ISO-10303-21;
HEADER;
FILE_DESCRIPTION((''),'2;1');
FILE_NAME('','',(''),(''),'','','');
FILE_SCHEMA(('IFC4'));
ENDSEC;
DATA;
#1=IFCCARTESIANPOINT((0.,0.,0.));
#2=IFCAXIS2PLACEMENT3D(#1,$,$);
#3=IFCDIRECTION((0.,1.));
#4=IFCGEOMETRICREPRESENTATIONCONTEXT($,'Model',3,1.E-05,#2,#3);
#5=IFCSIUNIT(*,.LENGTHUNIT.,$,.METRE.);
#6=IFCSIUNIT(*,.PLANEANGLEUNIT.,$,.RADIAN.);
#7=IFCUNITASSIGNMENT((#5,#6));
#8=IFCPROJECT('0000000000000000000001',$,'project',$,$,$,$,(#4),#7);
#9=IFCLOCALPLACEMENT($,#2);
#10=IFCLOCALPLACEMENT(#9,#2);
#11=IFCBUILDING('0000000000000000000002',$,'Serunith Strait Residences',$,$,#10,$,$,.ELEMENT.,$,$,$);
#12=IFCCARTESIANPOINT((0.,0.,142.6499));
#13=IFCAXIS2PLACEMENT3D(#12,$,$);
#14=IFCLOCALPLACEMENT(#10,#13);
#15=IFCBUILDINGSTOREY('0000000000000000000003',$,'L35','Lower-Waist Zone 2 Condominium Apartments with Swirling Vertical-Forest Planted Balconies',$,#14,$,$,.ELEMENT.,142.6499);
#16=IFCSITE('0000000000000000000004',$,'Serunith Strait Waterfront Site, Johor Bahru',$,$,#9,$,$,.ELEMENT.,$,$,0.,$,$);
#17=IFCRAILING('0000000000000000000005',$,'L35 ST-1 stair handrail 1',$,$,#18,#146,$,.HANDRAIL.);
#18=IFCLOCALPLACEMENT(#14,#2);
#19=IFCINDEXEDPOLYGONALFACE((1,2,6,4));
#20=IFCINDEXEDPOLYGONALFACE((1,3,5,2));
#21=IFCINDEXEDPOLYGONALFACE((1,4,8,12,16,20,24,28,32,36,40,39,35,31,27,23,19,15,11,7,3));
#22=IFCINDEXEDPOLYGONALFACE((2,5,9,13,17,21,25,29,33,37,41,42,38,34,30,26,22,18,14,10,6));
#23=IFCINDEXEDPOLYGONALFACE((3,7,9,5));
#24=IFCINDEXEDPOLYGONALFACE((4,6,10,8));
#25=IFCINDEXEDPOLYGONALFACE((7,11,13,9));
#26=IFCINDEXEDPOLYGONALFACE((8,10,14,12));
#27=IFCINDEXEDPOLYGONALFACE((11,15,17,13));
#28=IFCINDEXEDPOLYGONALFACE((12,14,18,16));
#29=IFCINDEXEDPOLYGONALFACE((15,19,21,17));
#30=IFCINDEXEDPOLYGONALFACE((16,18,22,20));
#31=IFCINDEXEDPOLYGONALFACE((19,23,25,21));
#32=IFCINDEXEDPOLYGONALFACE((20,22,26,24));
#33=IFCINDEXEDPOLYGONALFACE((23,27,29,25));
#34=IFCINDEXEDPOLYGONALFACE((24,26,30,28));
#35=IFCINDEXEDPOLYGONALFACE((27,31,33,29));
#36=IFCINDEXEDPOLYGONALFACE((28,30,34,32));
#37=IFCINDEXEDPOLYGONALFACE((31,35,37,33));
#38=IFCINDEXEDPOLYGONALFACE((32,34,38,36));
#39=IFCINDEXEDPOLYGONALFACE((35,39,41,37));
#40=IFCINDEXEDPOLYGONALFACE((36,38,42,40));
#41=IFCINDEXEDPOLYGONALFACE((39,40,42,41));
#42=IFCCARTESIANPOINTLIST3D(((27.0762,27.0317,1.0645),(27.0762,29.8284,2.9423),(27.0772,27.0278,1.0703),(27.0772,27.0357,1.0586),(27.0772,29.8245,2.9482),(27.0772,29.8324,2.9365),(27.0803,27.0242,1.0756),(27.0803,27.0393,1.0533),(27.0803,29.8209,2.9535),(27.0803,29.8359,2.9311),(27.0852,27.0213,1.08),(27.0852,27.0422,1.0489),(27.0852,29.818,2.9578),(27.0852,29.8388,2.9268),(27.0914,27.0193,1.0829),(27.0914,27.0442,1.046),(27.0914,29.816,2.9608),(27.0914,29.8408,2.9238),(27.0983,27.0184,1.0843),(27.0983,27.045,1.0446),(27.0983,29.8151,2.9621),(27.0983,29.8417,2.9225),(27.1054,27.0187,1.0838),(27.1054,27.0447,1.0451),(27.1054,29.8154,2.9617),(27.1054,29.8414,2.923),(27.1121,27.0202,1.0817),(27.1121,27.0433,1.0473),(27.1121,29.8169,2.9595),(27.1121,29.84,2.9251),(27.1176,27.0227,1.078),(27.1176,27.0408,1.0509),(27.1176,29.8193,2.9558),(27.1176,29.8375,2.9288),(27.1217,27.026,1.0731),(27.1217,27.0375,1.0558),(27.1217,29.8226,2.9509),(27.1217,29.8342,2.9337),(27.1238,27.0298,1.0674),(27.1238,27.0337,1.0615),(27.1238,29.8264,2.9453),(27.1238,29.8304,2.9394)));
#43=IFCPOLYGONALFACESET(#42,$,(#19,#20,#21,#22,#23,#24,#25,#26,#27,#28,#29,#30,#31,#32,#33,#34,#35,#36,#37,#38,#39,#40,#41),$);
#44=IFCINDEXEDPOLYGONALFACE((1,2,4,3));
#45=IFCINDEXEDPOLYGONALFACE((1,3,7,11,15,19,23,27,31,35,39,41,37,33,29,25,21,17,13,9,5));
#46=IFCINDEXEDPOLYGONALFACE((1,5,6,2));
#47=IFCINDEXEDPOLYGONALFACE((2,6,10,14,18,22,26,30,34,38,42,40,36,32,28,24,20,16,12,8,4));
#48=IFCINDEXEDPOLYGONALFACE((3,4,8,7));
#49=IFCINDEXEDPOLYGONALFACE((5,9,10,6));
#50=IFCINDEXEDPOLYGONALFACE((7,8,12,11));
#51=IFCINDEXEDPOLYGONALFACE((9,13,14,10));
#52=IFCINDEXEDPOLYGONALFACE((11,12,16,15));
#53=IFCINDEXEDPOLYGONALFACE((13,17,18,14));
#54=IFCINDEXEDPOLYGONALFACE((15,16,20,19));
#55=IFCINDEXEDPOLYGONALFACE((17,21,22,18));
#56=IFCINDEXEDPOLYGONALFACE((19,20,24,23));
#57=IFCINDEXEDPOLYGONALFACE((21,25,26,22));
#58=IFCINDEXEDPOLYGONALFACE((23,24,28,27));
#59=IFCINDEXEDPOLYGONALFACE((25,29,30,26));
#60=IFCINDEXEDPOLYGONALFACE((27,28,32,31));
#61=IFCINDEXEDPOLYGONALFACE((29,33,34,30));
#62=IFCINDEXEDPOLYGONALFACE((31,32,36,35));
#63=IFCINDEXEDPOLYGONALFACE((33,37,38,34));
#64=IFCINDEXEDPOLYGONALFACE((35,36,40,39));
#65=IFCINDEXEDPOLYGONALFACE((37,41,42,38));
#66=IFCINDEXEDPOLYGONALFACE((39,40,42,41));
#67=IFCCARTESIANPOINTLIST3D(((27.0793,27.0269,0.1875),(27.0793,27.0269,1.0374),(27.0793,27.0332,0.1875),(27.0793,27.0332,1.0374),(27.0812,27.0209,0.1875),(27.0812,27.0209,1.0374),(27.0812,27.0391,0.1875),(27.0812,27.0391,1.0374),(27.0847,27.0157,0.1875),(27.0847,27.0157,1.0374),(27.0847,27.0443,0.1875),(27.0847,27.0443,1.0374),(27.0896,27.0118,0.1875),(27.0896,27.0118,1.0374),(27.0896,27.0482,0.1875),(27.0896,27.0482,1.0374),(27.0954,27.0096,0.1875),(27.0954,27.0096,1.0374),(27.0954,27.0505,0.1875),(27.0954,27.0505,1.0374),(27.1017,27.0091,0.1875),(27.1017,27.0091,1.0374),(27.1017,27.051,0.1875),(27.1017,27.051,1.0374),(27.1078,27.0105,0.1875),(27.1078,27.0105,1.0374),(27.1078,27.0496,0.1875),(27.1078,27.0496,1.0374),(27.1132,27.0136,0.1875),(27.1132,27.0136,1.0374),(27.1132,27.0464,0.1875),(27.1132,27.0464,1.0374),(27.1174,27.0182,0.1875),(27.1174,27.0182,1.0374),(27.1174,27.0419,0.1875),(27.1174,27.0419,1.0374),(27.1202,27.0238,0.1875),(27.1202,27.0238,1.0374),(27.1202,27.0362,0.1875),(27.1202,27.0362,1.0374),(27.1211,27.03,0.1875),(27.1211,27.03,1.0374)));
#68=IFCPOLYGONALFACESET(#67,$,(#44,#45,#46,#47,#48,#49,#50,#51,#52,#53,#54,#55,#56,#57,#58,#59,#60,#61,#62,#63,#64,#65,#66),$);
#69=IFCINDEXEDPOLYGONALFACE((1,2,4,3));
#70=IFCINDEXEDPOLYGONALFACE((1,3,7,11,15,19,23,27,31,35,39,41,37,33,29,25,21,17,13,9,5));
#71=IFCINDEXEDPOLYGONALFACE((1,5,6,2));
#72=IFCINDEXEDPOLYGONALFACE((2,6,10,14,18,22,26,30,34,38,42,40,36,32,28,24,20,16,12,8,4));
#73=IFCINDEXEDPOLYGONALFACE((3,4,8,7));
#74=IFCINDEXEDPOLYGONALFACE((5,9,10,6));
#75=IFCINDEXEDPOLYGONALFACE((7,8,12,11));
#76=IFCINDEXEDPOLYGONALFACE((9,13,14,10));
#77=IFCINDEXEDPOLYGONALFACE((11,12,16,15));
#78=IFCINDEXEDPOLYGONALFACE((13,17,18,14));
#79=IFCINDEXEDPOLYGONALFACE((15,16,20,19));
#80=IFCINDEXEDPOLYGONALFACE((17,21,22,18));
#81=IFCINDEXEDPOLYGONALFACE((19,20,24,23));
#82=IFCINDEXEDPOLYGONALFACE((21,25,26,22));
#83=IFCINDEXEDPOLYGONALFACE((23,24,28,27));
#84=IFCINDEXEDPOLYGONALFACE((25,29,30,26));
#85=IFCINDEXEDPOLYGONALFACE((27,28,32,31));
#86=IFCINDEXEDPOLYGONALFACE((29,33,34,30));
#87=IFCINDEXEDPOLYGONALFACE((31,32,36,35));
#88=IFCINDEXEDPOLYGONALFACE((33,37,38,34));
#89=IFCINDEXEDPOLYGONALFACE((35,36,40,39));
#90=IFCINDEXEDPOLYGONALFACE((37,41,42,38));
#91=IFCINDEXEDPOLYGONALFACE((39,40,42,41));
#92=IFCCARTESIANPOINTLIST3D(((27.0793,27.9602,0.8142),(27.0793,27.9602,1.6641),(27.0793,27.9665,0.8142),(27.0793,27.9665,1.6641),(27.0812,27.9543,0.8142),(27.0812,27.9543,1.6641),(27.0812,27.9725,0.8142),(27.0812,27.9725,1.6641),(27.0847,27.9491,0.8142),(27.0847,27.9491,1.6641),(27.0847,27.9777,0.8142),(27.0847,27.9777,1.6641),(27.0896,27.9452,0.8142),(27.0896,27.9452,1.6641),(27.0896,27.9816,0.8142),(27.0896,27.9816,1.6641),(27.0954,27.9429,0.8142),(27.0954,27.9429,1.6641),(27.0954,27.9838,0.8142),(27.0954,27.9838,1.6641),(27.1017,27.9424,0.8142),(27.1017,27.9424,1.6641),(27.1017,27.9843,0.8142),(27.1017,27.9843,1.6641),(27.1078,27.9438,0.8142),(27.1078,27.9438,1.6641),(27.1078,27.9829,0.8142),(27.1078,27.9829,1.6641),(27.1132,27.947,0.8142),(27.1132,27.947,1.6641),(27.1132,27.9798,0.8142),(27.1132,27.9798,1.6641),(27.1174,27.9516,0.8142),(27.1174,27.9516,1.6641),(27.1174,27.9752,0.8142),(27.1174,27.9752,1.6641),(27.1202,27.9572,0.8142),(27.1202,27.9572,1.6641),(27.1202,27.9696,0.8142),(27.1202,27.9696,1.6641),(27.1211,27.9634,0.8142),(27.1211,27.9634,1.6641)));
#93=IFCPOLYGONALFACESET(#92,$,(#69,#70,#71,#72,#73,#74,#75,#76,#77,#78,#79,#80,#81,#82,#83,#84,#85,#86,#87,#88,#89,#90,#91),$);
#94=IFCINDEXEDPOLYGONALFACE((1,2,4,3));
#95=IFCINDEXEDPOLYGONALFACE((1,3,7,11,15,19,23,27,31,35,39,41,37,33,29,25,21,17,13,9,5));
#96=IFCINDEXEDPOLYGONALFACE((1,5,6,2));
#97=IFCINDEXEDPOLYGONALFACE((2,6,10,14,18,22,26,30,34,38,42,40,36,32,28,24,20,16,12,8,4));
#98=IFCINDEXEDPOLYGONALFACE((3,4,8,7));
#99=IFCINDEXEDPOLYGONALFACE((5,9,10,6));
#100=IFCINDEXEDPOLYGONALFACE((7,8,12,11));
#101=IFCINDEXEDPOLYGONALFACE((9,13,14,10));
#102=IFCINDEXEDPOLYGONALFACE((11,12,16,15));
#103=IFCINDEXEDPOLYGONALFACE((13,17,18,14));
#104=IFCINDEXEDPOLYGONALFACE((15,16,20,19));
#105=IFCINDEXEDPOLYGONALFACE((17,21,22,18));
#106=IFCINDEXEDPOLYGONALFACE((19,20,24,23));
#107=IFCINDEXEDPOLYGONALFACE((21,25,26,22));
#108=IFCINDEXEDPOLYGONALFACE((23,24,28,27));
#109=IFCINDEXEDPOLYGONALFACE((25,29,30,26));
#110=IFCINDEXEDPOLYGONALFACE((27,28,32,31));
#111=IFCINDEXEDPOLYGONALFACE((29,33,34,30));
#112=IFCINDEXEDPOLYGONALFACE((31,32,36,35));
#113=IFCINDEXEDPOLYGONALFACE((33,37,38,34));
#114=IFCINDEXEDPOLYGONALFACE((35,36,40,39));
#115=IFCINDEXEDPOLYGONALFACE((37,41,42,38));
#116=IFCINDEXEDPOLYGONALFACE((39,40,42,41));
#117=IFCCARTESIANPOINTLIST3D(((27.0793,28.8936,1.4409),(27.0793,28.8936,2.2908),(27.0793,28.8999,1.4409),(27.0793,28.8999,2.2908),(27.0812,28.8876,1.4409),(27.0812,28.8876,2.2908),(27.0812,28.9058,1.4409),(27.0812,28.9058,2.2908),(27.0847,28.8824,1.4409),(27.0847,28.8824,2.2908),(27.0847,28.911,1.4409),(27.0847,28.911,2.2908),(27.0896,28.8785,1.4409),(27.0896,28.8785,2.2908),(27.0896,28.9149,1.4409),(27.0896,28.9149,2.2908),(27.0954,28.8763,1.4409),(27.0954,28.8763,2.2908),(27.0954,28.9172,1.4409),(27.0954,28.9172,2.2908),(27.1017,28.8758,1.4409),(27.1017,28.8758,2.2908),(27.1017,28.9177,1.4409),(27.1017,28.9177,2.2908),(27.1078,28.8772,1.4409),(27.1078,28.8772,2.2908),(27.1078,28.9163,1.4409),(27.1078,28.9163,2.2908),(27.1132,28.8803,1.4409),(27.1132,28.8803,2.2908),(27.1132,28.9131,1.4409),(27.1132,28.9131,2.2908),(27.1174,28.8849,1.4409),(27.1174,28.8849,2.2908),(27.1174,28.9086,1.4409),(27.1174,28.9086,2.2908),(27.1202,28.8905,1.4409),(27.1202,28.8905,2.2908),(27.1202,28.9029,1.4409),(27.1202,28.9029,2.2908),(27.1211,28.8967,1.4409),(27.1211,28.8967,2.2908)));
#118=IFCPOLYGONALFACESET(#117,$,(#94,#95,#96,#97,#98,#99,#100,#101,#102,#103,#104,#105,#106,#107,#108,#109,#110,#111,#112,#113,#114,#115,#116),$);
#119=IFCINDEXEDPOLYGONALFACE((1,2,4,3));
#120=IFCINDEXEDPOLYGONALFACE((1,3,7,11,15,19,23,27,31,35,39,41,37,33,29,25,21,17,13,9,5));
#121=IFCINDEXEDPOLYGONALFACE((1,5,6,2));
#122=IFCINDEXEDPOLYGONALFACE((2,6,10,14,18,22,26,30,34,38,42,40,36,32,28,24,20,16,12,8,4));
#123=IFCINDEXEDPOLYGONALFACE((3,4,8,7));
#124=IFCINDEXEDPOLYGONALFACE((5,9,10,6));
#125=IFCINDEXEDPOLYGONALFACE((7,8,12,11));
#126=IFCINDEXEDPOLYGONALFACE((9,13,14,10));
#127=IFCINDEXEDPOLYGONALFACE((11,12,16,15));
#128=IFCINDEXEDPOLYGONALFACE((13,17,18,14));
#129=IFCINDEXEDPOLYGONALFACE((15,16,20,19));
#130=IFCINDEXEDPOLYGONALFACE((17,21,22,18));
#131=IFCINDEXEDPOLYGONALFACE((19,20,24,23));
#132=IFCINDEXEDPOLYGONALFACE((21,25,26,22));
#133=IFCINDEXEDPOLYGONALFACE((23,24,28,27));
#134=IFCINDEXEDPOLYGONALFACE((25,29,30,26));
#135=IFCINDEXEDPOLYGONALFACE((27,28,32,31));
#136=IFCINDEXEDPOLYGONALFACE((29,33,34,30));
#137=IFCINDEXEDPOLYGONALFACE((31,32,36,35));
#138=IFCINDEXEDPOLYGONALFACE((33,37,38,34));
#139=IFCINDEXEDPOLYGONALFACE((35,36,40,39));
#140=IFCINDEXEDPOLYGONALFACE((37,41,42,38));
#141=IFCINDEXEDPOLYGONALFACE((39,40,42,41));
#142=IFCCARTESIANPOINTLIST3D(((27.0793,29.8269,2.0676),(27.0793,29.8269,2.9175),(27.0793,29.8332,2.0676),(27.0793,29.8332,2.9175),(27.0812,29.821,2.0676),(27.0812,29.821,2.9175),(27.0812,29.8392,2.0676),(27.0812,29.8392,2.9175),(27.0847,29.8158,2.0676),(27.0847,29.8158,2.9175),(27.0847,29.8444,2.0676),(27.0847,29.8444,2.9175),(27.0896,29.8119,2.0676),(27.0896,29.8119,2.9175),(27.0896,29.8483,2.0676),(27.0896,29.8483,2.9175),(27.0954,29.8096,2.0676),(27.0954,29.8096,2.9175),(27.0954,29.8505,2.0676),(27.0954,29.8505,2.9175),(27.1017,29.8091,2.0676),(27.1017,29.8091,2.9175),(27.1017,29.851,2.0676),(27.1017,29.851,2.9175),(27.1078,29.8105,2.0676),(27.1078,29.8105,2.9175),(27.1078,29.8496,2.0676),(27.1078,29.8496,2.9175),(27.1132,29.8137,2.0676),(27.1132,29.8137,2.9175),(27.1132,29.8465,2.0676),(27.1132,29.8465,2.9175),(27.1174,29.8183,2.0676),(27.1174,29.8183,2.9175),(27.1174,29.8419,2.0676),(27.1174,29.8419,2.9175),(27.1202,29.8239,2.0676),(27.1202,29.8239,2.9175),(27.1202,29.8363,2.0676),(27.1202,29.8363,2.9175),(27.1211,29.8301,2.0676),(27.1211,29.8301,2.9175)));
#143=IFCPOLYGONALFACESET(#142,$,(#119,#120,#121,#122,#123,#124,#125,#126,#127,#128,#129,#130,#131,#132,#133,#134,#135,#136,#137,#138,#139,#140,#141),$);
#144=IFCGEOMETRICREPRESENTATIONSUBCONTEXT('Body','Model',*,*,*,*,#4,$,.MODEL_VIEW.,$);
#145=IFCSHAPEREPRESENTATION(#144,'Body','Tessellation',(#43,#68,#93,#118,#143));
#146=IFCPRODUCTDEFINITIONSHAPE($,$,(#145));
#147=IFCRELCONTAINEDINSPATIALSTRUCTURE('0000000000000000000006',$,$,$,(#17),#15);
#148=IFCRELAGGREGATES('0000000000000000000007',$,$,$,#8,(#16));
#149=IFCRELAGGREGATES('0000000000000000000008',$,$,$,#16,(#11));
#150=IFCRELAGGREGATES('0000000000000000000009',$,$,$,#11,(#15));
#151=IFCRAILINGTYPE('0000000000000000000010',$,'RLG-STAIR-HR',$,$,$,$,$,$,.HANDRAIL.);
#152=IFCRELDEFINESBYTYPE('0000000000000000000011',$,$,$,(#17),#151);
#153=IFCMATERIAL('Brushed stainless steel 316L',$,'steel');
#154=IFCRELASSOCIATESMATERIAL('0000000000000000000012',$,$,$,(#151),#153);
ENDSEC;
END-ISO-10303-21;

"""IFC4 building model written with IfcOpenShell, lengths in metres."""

from ifc_helpers import new_model, si_unit, direction, frame, origin, origin_2d, place, context, subcontext, project, spatial, circle, extrude, material, type_object, element, save


model = new_model("IFC4")

# Units and contexts
model_context = context("Model", 3, precision=1e-05, world=origin(), true_north=direction((0.0, 1.0)))
body_context = subcontext(model_context, "Body", "Model", "MODEL_VIEW")
ifc_project = project(units=[si_unit("LENGTHUNIT", "METRE"), si_unit("PLANEANGLEUNIT", "RADIAN")], contexts=[model_context])

# Site, building, storey
site_placement = place(None, origin())
site = spatial("IfcSite", under=ifc_project, at=site_placement, Name="Serunith Strait Waterfront Site, Johor Bahru", CompositionType="ELEMENT", RefElevation=0.0)
building_placement = place(site_placement, origin())
building = spatial("IfcBuilding", under=site, at=building_placement, Name="Serunith Strait Residences", CompositionType="ELEMENT")
storey_placement = place(building_placement, frame((0.0, 0.0, 142.6499)))
storey = spatial("IfcBuildingStorey", under=building, at=storey_placement, Name="L35", Description="Lower-Waist Zone 2 Condominium Apartments with Swirling Vertical-Forest Planted Balconies", CompositionType="ELEMENT", Elevation=142.6499)

# Railing
ifc_material_1 = material(Name="Brushed stainless steel 316L", Category="steel")
railing_type_1 = type_object("IfcRailingType", Name="RLG-STAIR-HR", PredefinedType="HANDRAIL", material=ifc_material_1)
railing_1_placement = place(storey_placement, frame((27.1001, 27.03, 0.1875)))
element("IfcRailing", 1, at=railing_1_placement, inside=storey, type_object=railing_type_1, Name="L35 ST-1 stair handrail 1", PredefinedType="HANDRAIL", context=body_context, shape_type="SweptSolid", body=[
    extrude(circle(Radius=0.0239, at=origin_2d()), frame((0.0, 0.0017, 0.877), z_axis=(0.0, 0.830208, 0.557453), x_axis=(-1.0, 0.0, 0.0)), (0.0, 0.0, 1.0), 3.3687),
    extrude(circle(Radius=0.021, at=origin_2d()), origin(), (0.0, 0.0, 1.0), 0.8499),
    extrude(circle(Radius=0.021, at=origin_2d()), frame((0.0, 0.9333, 0.6267)), (0.0, 0.0, 1.0), 0.8499),
    extrude(circle(Radius=0.021, at=origin_2d()), frame((0.0, 1.8667, 1.2534)), (0.0, 0.0, 1.0), 0.8499),
    extrude(circle(Radius=0.021, at=origin_2d()), frame((0.0, 2.8, 1.8801)), (0.0, 0.0, 1.0), 0.8499),
])

save(model, "model.ifc")
